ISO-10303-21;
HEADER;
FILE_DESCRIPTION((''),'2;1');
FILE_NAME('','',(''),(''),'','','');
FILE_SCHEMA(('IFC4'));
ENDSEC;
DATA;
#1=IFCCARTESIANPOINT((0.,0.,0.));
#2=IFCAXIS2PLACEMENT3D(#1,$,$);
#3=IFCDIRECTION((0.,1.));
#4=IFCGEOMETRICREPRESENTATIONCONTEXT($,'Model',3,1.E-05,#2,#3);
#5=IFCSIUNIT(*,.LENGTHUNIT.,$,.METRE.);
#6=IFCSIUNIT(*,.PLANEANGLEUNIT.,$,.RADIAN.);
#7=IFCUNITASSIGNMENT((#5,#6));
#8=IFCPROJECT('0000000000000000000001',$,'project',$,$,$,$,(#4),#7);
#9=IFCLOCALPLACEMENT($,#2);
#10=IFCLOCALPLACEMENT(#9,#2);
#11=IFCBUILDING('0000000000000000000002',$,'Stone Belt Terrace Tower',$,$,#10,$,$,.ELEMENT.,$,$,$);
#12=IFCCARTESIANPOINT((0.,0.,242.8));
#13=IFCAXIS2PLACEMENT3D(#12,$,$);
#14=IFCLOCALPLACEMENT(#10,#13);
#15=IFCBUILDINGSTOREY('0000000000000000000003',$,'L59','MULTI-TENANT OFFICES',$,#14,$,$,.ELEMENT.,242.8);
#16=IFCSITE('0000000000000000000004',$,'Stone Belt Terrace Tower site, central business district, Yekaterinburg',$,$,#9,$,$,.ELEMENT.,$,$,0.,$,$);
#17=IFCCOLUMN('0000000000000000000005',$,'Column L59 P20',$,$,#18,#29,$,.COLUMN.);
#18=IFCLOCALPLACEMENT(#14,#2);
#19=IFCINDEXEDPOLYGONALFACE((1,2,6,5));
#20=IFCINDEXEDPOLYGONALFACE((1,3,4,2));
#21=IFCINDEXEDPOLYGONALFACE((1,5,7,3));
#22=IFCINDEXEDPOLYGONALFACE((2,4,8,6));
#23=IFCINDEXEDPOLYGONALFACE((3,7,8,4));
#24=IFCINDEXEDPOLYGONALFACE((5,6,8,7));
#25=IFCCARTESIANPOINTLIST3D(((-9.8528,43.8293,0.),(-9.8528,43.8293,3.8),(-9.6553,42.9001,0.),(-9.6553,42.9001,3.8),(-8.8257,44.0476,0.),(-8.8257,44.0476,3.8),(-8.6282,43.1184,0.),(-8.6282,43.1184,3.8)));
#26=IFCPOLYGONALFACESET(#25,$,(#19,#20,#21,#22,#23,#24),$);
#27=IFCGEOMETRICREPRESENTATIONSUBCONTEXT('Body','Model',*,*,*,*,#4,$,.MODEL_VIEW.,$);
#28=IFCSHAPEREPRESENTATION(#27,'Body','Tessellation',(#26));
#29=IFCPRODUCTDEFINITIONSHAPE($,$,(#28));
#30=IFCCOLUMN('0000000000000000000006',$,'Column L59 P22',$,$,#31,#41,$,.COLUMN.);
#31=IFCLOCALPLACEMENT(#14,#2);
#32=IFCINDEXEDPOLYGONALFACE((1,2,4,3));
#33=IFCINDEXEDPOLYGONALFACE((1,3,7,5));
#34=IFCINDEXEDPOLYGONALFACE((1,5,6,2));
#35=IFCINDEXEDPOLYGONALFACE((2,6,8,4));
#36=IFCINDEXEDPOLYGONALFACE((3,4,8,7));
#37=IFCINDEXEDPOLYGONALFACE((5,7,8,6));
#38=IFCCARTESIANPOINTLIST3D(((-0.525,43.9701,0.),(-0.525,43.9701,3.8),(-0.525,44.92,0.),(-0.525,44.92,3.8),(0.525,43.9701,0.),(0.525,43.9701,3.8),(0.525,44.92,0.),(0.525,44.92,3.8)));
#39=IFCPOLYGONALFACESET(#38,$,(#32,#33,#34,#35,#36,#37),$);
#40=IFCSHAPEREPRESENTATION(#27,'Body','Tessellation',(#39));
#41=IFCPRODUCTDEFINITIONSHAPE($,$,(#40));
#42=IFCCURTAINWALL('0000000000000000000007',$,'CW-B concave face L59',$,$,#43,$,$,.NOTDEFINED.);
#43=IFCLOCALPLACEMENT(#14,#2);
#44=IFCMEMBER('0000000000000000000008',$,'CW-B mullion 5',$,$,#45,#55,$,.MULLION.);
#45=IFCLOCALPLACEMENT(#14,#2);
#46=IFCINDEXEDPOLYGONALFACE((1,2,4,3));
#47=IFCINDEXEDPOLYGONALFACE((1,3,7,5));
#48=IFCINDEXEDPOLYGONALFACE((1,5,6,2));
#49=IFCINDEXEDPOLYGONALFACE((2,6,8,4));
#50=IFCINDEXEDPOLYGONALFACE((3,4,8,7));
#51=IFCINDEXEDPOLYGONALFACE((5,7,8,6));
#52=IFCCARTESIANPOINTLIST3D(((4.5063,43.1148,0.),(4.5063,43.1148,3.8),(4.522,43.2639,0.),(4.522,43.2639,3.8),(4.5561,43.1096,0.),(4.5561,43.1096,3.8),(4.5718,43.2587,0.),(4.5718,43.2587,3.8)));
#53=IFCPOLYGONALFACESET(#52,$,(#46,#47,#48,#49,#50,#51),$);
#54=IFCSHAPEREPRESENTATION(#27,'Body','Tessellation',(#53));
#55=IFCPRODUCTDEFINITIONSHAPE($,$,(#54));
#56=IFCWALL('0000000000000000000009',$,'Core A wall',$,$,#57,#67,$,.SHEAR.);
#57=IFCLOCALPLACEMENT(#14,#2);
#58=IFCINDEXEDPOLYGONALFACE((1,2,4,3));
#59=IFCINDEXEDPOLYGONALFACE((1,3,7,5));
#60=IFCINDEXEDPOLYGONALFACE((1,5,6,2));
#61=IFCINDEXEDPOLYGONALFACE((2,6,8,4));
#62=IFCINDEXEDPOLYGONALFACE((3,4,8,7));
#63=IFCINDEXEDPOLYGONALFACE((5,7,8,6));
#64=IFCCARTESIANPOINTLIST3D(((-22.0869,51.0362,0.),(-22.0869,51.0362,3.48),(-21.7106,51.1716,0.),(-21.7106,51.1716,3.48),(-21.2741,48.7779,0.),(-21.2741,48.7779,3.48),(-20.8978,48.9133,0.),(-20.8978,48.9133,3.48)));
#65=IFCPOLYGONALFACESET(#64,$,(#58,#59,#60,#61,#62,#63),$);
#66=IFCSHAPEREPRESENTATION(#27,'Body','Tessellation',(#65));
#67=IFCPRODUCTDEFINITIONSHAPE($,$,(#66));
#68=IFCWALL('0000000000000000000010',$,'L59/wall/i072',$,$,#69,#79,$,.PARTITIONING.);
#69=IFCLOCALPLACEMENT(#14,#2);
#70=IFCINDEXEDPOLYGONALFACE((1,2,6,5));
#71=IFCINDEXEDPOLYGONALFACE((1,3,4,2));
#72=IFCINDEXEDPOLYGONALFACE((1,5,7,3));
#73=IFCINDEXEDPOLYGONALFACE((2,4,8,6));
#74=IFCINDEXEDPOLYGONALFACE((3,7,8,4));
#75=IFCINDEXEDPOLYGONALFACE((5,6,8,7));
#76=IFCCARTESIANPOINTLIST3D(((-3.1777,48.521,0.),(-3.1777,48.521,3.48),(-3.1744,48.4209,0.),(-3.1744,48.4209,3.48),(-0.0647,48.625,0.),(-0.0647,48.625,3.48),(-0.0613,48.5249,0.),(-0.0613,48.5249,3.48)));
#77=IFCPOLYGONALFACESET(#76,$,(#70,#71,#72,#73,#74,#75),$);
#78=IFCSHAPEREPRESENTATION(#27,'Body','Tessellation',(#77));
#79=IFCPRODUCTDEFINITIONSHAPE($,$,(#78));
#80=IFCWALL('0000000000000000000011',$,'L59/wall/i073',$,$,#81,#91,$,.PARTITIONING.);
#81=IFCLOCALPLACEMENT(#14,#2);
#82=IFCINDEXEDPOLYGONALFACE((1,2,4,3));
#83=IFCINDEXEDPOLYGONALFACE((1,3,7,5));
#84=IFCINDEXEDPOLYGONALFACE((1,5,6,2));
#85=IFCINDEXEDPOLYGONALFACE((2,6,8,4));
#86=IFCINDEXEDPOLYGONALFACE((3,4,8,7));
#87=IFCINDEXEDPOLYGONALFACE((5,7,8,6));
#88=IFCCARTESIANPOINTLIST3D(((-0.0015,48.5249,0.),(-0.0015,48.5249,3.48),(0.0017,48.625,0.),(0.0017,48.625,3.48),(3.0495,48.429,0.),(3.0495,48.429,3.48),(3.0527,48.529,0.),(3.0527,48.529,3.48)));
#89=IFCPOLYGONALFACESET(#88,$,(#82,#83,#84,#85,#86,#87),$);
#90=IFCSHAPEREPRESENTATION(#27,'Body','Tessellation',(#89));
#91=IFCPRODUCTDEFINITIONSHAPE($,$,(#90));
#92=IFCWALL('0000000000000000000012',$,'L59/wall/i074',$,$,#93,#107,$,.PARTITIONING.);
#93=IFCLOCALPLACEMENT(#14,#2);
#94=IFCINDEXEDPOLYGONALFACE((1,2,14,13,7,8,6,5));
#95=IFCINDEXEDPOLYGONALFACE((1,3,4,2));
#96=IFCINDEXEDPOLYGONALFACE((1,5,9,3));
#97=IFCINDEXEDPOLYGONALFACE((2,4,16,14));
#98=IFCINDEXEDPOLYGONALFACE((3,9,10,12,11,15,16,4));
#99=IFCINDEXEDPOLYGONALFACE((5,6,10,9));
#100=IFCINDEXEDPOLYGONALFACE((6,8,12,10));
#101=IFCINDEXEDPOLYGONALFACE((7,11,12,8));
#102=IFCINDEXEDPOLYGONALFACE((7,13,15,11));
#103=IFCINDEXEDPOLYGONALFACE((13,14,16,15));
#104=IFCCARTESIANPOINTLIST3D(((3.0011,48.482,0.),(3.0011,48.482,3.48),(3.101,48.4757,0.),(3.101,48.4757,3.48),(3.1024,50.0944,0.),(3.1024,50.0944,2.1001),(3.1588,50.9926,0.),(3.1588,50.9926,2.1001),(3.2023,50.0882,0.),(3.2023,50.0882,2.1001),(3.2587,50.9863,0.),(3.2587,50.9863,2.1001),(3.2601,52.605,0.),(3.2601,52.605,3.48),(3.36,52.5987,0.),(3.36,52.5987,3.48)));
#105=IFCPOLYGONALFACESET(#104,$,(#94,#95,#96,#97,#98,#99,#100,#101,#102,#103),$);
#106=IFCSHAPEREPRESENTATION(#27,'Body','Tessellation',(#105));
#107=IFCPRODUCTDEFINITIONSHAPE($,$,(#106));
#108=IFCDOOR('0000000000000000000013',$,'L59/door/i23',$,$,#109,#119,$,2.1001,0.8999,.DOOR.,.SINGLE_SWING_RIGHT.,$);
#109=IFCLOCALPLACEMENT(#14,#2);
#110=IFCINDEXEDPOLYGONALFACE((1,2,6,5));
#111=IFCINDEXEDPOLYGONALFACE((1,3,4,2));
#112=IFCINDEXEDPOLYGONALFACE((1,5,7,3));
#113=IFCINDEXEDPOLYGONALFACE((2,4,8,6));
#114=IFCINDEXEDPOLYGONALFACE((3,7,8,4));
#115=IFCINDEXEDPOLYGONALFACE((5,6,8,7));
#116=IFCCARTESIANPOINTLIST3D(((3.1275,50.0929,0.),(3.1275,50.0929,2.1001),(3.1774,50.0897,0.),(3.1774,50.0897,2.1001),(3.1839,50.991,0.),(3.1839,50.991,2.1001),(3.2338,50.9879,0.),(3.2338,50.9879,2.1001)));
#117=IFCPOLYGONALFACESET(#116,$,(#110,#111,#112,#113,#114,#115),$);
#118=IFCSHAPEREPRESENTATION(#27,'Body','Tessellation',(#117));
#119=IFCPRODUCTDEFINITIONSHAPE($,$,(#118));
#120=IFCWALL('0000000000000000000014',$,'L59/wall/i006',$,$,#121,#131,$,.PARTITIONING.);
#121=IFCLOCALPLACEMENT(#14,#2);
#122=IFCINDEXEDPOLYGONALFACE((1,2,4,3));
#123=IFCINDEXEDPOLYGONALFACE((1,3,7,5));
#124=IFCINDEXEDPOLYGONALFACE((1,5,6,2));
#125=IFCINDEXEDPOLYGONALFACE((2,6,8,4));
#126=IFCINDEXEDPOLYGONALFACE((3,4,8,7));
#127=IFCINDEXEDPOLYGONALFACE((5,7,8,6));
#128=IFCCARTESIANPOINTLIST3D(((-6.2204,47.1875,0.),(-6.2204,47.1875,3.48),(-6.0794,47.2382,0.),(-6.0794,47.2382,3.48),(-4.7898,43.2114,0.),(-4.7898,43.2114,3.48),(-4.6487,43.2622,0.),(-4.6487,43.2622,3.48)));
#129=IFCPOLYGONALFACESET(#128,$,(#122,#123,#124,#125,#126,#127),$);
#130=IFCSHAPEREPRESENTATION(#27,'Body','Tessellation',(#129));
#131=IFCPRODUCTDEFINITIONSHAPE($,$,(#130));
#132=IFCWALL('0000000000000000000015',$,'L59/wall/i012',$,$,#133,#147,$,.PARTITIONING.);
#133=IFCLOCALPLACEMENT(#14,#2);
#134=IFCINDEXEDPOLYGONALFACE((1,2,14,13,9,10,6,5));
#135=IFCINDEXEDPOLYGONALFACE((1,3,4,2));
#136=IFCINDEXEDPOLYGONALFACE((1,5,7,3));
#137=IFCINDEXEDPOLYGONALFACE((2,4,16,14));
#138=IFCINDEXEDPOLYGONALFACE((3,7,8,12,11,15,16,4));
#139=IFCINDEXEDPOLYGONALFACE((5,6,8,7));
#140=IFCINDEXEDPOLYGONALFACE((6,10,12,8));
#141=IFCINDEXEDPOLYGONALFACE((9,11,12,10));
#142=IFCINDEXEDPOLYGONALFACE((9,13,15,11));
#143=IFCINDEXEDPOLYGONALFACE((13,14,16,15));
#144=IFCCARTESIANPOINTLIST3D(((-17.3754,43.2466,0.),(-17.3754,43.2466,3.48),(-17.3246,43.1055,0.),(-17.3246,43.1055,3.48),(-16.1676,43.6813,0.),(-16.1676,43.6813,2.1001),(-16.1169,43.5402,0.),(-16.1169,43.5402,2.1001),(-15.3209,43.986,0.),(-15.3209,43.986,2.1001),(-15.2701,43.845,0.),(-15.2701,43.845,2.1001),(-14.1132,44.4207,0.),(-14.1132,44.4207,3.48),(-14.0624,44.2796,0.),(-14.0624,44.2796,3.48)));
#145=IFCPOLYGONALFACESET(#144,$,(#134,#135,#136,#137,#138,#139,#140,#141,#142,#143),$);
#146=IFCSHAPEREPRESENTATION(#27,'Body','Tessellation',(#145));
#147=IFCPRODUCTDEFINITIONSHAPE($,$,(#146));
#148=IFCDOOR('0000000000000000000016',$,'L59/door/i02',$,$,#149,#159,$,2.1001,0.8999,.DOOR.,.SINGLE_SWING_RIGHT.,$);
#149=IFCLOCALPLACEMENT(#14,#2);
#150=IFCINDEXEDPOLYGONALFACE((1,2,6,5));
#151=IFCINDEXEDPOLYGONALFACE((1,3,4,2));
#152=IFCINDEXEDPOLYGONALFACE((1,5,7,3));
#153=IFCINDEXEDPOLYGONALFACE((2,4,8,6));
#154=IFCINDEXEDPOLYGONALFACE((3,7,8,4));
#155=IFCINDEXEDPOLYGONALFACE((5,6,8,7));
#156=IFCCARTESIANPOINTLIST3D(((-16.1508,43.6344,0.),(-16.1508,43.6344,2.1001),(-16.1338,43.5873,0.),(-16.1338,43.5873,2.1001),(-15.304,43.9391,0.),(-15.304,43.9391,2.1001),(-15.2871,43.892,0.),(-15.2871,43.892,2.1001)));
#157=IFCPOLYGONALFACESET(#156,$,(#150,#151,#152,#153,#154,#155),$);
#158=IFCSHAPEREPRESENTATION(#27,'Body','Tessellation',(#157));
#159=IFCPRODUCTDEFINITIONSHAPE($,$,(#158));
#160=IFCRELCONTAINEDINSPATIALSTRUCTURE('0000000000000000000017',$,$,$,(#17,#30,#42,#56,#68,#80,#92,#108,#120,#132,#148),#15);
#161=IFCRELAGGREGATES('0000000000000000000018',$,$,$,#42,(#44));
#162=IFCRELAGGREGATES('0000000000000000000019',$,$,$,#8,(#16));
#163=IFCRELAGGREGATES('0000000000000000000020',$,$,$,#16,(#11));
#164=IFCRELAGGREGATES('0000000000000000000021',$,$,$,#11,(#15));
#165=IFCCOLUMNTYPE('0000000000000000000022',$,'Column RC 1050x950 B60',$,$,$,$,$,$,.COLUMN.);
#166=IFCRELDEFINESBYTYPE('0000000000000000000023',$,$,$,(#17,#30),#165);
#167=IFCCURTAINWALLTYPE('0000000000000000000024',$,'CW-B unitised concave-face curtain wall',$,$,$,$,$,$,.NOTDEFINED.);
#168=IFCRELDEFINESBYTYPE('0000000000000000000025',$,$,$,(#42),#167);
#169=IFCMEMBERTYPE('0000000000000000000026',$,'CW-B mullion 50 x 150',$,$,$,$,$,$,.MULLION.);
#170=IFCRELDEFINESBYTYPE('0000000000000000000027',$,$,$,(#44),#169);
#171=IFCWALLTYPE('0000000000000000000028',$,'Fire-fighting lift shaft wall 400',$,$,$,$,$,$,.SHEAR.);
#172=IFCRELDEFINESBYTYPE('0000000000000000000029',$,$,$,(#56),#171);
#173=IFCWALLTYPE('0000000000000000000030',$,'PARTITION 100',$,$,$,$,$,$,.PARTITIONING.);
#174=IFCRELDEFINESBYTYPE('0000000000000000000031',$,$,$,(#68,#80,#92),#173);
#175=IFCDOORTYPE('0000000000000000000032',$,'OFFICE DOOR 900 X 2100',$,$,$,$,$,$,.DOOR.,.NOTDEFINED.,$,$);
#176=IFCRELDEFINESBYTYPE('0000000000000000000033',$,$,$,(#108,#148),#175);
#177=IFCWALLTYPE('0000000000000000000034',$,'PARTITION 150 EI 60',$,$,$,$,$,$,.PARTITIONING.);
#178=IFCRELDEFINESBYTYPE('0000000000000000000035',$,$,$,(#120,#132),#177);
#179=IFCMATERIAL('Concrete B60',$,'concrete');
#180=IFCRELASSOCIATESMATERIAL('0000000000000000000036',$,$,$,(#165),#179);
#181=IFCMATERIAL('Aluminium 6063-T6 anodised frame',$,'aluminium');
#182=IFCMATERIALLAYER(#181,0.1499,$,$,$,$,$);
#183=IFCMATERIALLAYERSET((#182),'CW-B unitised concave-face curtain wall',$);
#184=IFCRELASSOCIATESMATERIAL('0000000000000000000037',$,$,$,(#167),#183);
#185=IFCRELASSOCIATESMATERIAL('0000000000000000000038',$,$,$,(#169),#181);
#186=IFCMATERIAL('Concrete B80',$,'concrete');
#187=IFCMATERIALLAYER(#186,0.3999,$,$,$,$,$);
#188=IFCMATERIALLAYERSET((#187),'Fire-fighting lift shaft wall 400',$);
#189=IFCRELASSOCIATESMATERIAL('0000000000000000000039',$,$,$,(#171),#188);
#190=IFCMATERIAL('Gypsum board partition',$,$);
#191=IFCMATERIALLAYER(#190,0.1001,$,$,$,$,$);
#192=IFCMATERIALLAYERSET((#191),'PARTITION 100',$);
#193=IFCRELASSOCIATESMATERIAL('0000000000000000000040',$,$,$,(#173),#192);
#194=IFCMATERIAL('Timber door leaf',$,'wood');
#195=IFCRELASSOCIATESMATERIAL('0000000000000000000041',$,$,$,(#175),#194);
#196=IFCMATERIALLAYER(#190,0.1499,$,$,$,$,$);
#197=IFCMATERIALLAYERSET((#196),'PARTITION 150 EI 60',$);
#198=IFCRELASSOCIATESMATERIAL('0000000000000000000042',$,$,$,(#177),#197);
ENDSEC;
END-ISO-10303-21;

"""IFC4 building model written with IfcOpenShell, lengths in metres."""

from ifc_helpers import new_model, si_unit, direction, frame, frame_2d, origin, origin_2d, place, context, subcontext, project, spatial, rectangle, extrude, material, layer, layer_set, material_profile, profile_set, type_object, element, fill, aggregate, save


model = new_model("IFC4")

# Units and contexts
model_context = context("Model", 3, precision=1e-05, world=origin(), true_north=direction((0.0, 1.0)))
body_context = subcontext(model_context, "Body", "Model", "MODEL_VIEW")
ifc_project = project(units=[si_unit("LENGTHUNIT", "METRE"), si_unit("PLANEANGLEUNIT", "RADIAN")], contexts=[model_context])

# Site, building, storey
site_placement = place(None, origin())
site = spatial("IfcSite", under=ifc_project, at=site_placement, Name="Stone Belt Terrace Tower site, central business district, Yekaterinburg", CompositionType="ELEMENT", RefElevation=0.0)
building_placement = place(site_placement, origin())
building = spatial("IfcBuilding", under=site, at=building_placement, Name="Stone Belt Terrace Tower", CompositionType="ELEMENT")
storey_placement = place(building_placement, frame((0.0, 0.0, 242.8)))
storey = spatial("IfcBuildingStorey", under=building, at=storey_placement, Name="L59", Description="MULTI-TENANT OFFICES", CompositionType="ELEMENT", Elevation=242.8)

# Columns
ifc_material_1 = material(Name="Concrete B60", Category="concrete")
ifc_material_profile_1 = material_profile(ifc_material_1, rectangle(XDim=1.05, YDim=0.95, at=origin_2d()), Name="RC 1050x950")
ifc_profile_set_1 = profile_set([ifc_material_profile_1], Name="Concrete B60")
column_type = type_object("IfcColumnType", Name="Column RC 1050x950 B60", PredefinedType="COLUMN", material=ifc_profile_set_1)
for number, where, z_axis, x_axis, name in (
    (1, (-9.2405, 43.4739, 0.0), (0.0, 0.0, 1.0), (0.978148, 0.207912, 0.0), "Column L59 P20"),
    (2, (0.0, 44.4451, 0.0), (0.0, 0.0, 1.0), (1.0, 0.0, 0.0), "Column L59 P22"),
):
    element("IfcColumn", number, at=place(storey_placement, frame(where, z_axis=z_axis, x_axis=x_axis)), inside=storey, type_object=column_type, Name=name, PredefinedType="COLUMN", context=body_context, shape_type="SweptSolid", body=[
        extrude(rectangle(XDim=1.05, YDim=0.95, at=origin_2d()), origin(), (0.0, 0.0, 1.0), 3.8),
    ])

# Curtain wall, member
ifc_material_2 = material(Name="Aluminium 6063-T6 anodised frame", Category="aluminium")
ifc_layer_1 = layer(ifc_material_2, 0.1499)
ifc_layer_set_1 = layer_set([ifc_layer_1], Name="CW-B unitised concave-face curtain wall")
curtain_wall_type = type_object("IfcCurtainWallType", Name="CW-B unitised concave-face curtain wall", PredefinedType="NOTDEFINED", material=ifc_layer_set_1)
curtain_wall_placement = place(storey_placement, origin())
curtain_wall = element("IfcCurtainWall", 3, at=curtain_wall_placement, inside=storey, type_object=curtain_wall_type, Name="CW-B concave face L59", PredefinedType="NOTDEFINED")
ifc_material_profile_2 = material_profile(ifc_material_2, rectangle(XDim=0.1499, YDim=0.05, at=origin_2d()), Name="Aluminium 6063-T6 50x150")
ifc_profile_set_2 = profile_set([ifc_material_profile_2], Name="Aluminium 6063-T6 anodised frame")
member_type = type_object("IfcMemberType", Name="CW-B mullion 50 x 150", PredefinedType="MULLION", material=ifc_profile_set_2)
member_placement = place(storey_placement, frame((4.5391, 43.1868, 0.0), z_axis=(0.0, 0.0, 1.0), x_axis=(0.104528, 0.994522, 0.0)))
member = element("IfcMember", 4, at=member_placement, type_object=member_type, Name="CW-B mullion 5", PredefinedType="MULLION", context=body_context, shape_type="SweptSolid", body=[
    extrude(rectangle(XDim=0.1499, YDim=0.05, at=origin_2d()), origin(), (0.0, 0.0, 1.0), 3.8),
])
aggregate(curtain_wall, [member])

# Walls
ifc_material_3 = material(Name="Concrete B80", Category="concrete")
ifc_layer_2 = layer(ifc_material_3, 0.3999)
ifc_layer_set_2 = layer_set([ifc_layer_2], Name="Fire-fighting lift shaft wall 400")
wall_type_1 = type_object("IfcWallType", Name="Fire-fighting lift shaft wall 400", PredefinedType="SHEAR", material=ifc_layer_set_2)
wall_1_placement = place(storey_placement, frame((-21.0859, 48.8455, 0.0), z_axis=(0.0, 0.0, 1.0), x_axis=(-0.338629, 0.94092, 0.0)))
element("IfcWall", 5, at=wall_1_placement, inside=storey, type_object=wall_type_1, Name="Core A wall", PredefinedType="SHEAR", context=body_context, shape_type="SweptSolid", body=[
    extrude(rectangle(XDim=2.4001, YDim=0.3999, at=frame_2d((1.2002, 0.0))), origin(), (0.0, 0.0, 1.0), 3.48),
])
ifc_material_4 = material(Name="Gypsum board partition")
ifc_layer_3 = layer(ifc_material_4, 0.1001)
ifc_layer_set_3 = layer_set([ifc_layer_3], Name="PARTITION 100")
wall_type_2 = type_object("IfcWallType", Name="PARTITION 100", PredefinedType="PARTITIONING", material=ifc_layer_set_3)
wall_2_placement = place(storey_placement, frame((-3.176, 48.4709, 0.0), z_axis=(0.0, 0.0, 1.0), x_axis=(0.999442, 0.033391, 0.0)))
element("IfcWall", 6, at=wall_2_placement, inside=storey, type_object=wall_type_2, Name="L59/wall/i072", PredefinedType="PARTITIONING", context=body_context, shape_type="SweptSolid", body=[
    extrude(rectangle(XDim=3.1147, YDim=0.1001, at=frame_2d((1.5574, 0.0))), origin(), (0.0, 0.0, 1.0), 3.48),
])
wall_3_placement = place(storey_placement, frame((0.0, 48.575, 0.0), z_axis=(0.0, 0.0, 1.0), x_axis=(0.999506, -0.031432, 0.0)))
element("IfcWall", 7, at=wall_3_placement, inside=storey, type_object=wall_type_2, Name="L59/wall/i073", PredefinedType="PARTITIONING", context=body_context, shape_type="SweptSolid", body=[
    extrude(rectangle(XDim=3.0525, YDim=0.1001, at=frame_2d((1.5264, 0.0))), origin(), (0.0, 0.0, 1.0), 3.48),
])

# Wall, opening, door
wall_4_placement = place(storey_placement, frame((3.051, 48.479, 0.0), z_axis=(0.0, 0.0, 1.0), x_axis=(0.062702, 0.998032, 0.0)))
wall_4 = element("IfcWall", 8, at=wall_4_placement, inside=storey, type_object=wall_type_2, Name="L59/wall/i074", PredefinedType="PARTITIONING", context=body_context, shape_type="SweptSolid", body=[
    extrude(rectangle(XDim=4.1311, YDim=0.1001, at=frame_2d((2.0654, 0.0))), origin(), (0.0, 0.0, 1.0), 3.48),
])
opening_1_placement = place(wall_4_placement, frame((1.6155, 0.0, 0.0)))
opening_1 = element("IfcOpeningElement", 9, at=opening_1_placement, cuts=wall_4, PredefinedType="OPENING", context=body_context, shape_type="SweptSolid", body=[
    extrude(rectangle(XDim=0.8999, YDim=2.1001, at=frame_2d((0.45, 1.05))), frame((0.0, 0.0601, 0.0), z_axis=(0.0, -1.0, 0.0), x_axis=(1.0, 0.0, 0.0)), (0.0, 0.0, 1.0), 0.1201),
])
ifc_material_5 = material(Name="Timber door leaf", Category="wood")
door_type_1 = type_object("IfcDoorType", Name="OFFICE DOOR 900 X 2100", OperationType="NOTDEFINED", PredefinedType="DOOR", material=ifc_material_5)
door_1_placement = place(opening_1_placement, origin())
door_1 = element("IfcDoor", 10, at=door_1_placement, inside=storey, type_object=door_type_1, Name="L59/door/i23", OperationType="SINGLE_SWING_RIGHT", OverallHeight=2.1001, OverallWidth=0.8999, PredefinedType="DOOR", context=body_context, shape_type="SweptSolid", body=[
    extrude(rectangle(XDim=0.8999, YDim=2.1001, at=frame_2d((0.45, 1.05))), frame((0.0, 0.0249, 0.0), z_axis=(0.0, -1.0, 0.0), x_axis=(1.0, 0.0, 0.0)), (0.0, 0.0, 1.0), 0.05),
])
fill(opening_1, door_1)

# Wall
ifc_layer_4 = layer(ifc_material_4, 0.1499)
ifc_layer_set_4 = layer_set([ifc_layer_4], Name="PARTITION 150 EI 60")
wall_type_3 = type_object("IfcWallType", Name="PARTITION 150 EI 60", PredefinedType="PARTITIONING", material=ifc_layer_set_4)
wall_5_placement = place(storey_placement, frame((-4.7192, 43.2368, 0.0), z_axis=(0.0, 0.0, 1.0), x_axis=(-0.338568, 0.940942, 0.0)))
element("IfcWall", 11, at=wall_5_placement, inside=storey, type_object=wall_type_3, Name="L59/wall/i006", PredefinedType="PARTITIONING", context=body_context, shape_type="SweptSolid", body=[
    extrude(rectangle(XDim=4.2256, YDim=0.1499, at=frame_2d((2.1128, 0.0))), origin(), (0.0, 0.0, 1.0), 3.48),
])

# Wall, opening, door
wall_6_placement = place(storey_placement, frame((-14.0879, 44.3501, 0.0), z_axis=(0.0, 0.0, 1.0), x_axis=(-0.940917, -0.338637, 0.0)))
wall_6 = element("IfcWall", 12, at=wall_6_placement, inside=storey, type_object=wall_type_3, Name="L59/wall/i012", PredefinedType="PARTITIONING", context=body_context, shape_type="SweptSolid", body=[
    extrude(rectangle(XDim=3.467, YDim=0.1499, at=frame_2d((1.7334, 0.0))), origin(), (0.0, 0.0, 1.0), 3.48),
])
opening_2_placement = place(wall_6_placement, frame((1.2834, 0.0, 0.0)))
opening_2 = element("IfcOpeningElement", 13, at=opening_2_placement, cuts=wall_6, PredefinedType="OPENING", context=body_context, shape_type="SweptSolid", body=[
    extrude(rectangle(XDim=0.8999, YDim=2.1001, at=frame_2d((0.45, 1.05))), frame((0.0, 0.085, 0.0), z_axis=(0.0, -1.0, 0.0), x_axis=(1.0, 0.0, 0.0)), (0.0, 0.0, 1.0), 0.1699),
])
door_2_placement = place(opening_2_placement, origin())
door_2 = element("IfcDoor", 14, at=door_2_placement, inside=storey, type_object=door_type_1, Name="L59/door/i02", OperationType="SINGLE_SWING_RIGHT", OverallHeight=2.1001, OverallWidth=0.8999, PredefinedType="DOOR", context=body_context, shape_type="SweptSolid", body=[
    extrude(rectangle(XDim=0.8999, YDim=2.1001, at=frame_2d((0.45, 1.05))), frame((0.0, 0.0249, 0.0), z_axis=(0.0, -1.0, 0.0), x_axis=(1.0, 0.0, 0.0)), (0.0, 0.0, 1.0), 0.05),
])
fill(opening_2, door_2)

save(model, "model.ifc")
